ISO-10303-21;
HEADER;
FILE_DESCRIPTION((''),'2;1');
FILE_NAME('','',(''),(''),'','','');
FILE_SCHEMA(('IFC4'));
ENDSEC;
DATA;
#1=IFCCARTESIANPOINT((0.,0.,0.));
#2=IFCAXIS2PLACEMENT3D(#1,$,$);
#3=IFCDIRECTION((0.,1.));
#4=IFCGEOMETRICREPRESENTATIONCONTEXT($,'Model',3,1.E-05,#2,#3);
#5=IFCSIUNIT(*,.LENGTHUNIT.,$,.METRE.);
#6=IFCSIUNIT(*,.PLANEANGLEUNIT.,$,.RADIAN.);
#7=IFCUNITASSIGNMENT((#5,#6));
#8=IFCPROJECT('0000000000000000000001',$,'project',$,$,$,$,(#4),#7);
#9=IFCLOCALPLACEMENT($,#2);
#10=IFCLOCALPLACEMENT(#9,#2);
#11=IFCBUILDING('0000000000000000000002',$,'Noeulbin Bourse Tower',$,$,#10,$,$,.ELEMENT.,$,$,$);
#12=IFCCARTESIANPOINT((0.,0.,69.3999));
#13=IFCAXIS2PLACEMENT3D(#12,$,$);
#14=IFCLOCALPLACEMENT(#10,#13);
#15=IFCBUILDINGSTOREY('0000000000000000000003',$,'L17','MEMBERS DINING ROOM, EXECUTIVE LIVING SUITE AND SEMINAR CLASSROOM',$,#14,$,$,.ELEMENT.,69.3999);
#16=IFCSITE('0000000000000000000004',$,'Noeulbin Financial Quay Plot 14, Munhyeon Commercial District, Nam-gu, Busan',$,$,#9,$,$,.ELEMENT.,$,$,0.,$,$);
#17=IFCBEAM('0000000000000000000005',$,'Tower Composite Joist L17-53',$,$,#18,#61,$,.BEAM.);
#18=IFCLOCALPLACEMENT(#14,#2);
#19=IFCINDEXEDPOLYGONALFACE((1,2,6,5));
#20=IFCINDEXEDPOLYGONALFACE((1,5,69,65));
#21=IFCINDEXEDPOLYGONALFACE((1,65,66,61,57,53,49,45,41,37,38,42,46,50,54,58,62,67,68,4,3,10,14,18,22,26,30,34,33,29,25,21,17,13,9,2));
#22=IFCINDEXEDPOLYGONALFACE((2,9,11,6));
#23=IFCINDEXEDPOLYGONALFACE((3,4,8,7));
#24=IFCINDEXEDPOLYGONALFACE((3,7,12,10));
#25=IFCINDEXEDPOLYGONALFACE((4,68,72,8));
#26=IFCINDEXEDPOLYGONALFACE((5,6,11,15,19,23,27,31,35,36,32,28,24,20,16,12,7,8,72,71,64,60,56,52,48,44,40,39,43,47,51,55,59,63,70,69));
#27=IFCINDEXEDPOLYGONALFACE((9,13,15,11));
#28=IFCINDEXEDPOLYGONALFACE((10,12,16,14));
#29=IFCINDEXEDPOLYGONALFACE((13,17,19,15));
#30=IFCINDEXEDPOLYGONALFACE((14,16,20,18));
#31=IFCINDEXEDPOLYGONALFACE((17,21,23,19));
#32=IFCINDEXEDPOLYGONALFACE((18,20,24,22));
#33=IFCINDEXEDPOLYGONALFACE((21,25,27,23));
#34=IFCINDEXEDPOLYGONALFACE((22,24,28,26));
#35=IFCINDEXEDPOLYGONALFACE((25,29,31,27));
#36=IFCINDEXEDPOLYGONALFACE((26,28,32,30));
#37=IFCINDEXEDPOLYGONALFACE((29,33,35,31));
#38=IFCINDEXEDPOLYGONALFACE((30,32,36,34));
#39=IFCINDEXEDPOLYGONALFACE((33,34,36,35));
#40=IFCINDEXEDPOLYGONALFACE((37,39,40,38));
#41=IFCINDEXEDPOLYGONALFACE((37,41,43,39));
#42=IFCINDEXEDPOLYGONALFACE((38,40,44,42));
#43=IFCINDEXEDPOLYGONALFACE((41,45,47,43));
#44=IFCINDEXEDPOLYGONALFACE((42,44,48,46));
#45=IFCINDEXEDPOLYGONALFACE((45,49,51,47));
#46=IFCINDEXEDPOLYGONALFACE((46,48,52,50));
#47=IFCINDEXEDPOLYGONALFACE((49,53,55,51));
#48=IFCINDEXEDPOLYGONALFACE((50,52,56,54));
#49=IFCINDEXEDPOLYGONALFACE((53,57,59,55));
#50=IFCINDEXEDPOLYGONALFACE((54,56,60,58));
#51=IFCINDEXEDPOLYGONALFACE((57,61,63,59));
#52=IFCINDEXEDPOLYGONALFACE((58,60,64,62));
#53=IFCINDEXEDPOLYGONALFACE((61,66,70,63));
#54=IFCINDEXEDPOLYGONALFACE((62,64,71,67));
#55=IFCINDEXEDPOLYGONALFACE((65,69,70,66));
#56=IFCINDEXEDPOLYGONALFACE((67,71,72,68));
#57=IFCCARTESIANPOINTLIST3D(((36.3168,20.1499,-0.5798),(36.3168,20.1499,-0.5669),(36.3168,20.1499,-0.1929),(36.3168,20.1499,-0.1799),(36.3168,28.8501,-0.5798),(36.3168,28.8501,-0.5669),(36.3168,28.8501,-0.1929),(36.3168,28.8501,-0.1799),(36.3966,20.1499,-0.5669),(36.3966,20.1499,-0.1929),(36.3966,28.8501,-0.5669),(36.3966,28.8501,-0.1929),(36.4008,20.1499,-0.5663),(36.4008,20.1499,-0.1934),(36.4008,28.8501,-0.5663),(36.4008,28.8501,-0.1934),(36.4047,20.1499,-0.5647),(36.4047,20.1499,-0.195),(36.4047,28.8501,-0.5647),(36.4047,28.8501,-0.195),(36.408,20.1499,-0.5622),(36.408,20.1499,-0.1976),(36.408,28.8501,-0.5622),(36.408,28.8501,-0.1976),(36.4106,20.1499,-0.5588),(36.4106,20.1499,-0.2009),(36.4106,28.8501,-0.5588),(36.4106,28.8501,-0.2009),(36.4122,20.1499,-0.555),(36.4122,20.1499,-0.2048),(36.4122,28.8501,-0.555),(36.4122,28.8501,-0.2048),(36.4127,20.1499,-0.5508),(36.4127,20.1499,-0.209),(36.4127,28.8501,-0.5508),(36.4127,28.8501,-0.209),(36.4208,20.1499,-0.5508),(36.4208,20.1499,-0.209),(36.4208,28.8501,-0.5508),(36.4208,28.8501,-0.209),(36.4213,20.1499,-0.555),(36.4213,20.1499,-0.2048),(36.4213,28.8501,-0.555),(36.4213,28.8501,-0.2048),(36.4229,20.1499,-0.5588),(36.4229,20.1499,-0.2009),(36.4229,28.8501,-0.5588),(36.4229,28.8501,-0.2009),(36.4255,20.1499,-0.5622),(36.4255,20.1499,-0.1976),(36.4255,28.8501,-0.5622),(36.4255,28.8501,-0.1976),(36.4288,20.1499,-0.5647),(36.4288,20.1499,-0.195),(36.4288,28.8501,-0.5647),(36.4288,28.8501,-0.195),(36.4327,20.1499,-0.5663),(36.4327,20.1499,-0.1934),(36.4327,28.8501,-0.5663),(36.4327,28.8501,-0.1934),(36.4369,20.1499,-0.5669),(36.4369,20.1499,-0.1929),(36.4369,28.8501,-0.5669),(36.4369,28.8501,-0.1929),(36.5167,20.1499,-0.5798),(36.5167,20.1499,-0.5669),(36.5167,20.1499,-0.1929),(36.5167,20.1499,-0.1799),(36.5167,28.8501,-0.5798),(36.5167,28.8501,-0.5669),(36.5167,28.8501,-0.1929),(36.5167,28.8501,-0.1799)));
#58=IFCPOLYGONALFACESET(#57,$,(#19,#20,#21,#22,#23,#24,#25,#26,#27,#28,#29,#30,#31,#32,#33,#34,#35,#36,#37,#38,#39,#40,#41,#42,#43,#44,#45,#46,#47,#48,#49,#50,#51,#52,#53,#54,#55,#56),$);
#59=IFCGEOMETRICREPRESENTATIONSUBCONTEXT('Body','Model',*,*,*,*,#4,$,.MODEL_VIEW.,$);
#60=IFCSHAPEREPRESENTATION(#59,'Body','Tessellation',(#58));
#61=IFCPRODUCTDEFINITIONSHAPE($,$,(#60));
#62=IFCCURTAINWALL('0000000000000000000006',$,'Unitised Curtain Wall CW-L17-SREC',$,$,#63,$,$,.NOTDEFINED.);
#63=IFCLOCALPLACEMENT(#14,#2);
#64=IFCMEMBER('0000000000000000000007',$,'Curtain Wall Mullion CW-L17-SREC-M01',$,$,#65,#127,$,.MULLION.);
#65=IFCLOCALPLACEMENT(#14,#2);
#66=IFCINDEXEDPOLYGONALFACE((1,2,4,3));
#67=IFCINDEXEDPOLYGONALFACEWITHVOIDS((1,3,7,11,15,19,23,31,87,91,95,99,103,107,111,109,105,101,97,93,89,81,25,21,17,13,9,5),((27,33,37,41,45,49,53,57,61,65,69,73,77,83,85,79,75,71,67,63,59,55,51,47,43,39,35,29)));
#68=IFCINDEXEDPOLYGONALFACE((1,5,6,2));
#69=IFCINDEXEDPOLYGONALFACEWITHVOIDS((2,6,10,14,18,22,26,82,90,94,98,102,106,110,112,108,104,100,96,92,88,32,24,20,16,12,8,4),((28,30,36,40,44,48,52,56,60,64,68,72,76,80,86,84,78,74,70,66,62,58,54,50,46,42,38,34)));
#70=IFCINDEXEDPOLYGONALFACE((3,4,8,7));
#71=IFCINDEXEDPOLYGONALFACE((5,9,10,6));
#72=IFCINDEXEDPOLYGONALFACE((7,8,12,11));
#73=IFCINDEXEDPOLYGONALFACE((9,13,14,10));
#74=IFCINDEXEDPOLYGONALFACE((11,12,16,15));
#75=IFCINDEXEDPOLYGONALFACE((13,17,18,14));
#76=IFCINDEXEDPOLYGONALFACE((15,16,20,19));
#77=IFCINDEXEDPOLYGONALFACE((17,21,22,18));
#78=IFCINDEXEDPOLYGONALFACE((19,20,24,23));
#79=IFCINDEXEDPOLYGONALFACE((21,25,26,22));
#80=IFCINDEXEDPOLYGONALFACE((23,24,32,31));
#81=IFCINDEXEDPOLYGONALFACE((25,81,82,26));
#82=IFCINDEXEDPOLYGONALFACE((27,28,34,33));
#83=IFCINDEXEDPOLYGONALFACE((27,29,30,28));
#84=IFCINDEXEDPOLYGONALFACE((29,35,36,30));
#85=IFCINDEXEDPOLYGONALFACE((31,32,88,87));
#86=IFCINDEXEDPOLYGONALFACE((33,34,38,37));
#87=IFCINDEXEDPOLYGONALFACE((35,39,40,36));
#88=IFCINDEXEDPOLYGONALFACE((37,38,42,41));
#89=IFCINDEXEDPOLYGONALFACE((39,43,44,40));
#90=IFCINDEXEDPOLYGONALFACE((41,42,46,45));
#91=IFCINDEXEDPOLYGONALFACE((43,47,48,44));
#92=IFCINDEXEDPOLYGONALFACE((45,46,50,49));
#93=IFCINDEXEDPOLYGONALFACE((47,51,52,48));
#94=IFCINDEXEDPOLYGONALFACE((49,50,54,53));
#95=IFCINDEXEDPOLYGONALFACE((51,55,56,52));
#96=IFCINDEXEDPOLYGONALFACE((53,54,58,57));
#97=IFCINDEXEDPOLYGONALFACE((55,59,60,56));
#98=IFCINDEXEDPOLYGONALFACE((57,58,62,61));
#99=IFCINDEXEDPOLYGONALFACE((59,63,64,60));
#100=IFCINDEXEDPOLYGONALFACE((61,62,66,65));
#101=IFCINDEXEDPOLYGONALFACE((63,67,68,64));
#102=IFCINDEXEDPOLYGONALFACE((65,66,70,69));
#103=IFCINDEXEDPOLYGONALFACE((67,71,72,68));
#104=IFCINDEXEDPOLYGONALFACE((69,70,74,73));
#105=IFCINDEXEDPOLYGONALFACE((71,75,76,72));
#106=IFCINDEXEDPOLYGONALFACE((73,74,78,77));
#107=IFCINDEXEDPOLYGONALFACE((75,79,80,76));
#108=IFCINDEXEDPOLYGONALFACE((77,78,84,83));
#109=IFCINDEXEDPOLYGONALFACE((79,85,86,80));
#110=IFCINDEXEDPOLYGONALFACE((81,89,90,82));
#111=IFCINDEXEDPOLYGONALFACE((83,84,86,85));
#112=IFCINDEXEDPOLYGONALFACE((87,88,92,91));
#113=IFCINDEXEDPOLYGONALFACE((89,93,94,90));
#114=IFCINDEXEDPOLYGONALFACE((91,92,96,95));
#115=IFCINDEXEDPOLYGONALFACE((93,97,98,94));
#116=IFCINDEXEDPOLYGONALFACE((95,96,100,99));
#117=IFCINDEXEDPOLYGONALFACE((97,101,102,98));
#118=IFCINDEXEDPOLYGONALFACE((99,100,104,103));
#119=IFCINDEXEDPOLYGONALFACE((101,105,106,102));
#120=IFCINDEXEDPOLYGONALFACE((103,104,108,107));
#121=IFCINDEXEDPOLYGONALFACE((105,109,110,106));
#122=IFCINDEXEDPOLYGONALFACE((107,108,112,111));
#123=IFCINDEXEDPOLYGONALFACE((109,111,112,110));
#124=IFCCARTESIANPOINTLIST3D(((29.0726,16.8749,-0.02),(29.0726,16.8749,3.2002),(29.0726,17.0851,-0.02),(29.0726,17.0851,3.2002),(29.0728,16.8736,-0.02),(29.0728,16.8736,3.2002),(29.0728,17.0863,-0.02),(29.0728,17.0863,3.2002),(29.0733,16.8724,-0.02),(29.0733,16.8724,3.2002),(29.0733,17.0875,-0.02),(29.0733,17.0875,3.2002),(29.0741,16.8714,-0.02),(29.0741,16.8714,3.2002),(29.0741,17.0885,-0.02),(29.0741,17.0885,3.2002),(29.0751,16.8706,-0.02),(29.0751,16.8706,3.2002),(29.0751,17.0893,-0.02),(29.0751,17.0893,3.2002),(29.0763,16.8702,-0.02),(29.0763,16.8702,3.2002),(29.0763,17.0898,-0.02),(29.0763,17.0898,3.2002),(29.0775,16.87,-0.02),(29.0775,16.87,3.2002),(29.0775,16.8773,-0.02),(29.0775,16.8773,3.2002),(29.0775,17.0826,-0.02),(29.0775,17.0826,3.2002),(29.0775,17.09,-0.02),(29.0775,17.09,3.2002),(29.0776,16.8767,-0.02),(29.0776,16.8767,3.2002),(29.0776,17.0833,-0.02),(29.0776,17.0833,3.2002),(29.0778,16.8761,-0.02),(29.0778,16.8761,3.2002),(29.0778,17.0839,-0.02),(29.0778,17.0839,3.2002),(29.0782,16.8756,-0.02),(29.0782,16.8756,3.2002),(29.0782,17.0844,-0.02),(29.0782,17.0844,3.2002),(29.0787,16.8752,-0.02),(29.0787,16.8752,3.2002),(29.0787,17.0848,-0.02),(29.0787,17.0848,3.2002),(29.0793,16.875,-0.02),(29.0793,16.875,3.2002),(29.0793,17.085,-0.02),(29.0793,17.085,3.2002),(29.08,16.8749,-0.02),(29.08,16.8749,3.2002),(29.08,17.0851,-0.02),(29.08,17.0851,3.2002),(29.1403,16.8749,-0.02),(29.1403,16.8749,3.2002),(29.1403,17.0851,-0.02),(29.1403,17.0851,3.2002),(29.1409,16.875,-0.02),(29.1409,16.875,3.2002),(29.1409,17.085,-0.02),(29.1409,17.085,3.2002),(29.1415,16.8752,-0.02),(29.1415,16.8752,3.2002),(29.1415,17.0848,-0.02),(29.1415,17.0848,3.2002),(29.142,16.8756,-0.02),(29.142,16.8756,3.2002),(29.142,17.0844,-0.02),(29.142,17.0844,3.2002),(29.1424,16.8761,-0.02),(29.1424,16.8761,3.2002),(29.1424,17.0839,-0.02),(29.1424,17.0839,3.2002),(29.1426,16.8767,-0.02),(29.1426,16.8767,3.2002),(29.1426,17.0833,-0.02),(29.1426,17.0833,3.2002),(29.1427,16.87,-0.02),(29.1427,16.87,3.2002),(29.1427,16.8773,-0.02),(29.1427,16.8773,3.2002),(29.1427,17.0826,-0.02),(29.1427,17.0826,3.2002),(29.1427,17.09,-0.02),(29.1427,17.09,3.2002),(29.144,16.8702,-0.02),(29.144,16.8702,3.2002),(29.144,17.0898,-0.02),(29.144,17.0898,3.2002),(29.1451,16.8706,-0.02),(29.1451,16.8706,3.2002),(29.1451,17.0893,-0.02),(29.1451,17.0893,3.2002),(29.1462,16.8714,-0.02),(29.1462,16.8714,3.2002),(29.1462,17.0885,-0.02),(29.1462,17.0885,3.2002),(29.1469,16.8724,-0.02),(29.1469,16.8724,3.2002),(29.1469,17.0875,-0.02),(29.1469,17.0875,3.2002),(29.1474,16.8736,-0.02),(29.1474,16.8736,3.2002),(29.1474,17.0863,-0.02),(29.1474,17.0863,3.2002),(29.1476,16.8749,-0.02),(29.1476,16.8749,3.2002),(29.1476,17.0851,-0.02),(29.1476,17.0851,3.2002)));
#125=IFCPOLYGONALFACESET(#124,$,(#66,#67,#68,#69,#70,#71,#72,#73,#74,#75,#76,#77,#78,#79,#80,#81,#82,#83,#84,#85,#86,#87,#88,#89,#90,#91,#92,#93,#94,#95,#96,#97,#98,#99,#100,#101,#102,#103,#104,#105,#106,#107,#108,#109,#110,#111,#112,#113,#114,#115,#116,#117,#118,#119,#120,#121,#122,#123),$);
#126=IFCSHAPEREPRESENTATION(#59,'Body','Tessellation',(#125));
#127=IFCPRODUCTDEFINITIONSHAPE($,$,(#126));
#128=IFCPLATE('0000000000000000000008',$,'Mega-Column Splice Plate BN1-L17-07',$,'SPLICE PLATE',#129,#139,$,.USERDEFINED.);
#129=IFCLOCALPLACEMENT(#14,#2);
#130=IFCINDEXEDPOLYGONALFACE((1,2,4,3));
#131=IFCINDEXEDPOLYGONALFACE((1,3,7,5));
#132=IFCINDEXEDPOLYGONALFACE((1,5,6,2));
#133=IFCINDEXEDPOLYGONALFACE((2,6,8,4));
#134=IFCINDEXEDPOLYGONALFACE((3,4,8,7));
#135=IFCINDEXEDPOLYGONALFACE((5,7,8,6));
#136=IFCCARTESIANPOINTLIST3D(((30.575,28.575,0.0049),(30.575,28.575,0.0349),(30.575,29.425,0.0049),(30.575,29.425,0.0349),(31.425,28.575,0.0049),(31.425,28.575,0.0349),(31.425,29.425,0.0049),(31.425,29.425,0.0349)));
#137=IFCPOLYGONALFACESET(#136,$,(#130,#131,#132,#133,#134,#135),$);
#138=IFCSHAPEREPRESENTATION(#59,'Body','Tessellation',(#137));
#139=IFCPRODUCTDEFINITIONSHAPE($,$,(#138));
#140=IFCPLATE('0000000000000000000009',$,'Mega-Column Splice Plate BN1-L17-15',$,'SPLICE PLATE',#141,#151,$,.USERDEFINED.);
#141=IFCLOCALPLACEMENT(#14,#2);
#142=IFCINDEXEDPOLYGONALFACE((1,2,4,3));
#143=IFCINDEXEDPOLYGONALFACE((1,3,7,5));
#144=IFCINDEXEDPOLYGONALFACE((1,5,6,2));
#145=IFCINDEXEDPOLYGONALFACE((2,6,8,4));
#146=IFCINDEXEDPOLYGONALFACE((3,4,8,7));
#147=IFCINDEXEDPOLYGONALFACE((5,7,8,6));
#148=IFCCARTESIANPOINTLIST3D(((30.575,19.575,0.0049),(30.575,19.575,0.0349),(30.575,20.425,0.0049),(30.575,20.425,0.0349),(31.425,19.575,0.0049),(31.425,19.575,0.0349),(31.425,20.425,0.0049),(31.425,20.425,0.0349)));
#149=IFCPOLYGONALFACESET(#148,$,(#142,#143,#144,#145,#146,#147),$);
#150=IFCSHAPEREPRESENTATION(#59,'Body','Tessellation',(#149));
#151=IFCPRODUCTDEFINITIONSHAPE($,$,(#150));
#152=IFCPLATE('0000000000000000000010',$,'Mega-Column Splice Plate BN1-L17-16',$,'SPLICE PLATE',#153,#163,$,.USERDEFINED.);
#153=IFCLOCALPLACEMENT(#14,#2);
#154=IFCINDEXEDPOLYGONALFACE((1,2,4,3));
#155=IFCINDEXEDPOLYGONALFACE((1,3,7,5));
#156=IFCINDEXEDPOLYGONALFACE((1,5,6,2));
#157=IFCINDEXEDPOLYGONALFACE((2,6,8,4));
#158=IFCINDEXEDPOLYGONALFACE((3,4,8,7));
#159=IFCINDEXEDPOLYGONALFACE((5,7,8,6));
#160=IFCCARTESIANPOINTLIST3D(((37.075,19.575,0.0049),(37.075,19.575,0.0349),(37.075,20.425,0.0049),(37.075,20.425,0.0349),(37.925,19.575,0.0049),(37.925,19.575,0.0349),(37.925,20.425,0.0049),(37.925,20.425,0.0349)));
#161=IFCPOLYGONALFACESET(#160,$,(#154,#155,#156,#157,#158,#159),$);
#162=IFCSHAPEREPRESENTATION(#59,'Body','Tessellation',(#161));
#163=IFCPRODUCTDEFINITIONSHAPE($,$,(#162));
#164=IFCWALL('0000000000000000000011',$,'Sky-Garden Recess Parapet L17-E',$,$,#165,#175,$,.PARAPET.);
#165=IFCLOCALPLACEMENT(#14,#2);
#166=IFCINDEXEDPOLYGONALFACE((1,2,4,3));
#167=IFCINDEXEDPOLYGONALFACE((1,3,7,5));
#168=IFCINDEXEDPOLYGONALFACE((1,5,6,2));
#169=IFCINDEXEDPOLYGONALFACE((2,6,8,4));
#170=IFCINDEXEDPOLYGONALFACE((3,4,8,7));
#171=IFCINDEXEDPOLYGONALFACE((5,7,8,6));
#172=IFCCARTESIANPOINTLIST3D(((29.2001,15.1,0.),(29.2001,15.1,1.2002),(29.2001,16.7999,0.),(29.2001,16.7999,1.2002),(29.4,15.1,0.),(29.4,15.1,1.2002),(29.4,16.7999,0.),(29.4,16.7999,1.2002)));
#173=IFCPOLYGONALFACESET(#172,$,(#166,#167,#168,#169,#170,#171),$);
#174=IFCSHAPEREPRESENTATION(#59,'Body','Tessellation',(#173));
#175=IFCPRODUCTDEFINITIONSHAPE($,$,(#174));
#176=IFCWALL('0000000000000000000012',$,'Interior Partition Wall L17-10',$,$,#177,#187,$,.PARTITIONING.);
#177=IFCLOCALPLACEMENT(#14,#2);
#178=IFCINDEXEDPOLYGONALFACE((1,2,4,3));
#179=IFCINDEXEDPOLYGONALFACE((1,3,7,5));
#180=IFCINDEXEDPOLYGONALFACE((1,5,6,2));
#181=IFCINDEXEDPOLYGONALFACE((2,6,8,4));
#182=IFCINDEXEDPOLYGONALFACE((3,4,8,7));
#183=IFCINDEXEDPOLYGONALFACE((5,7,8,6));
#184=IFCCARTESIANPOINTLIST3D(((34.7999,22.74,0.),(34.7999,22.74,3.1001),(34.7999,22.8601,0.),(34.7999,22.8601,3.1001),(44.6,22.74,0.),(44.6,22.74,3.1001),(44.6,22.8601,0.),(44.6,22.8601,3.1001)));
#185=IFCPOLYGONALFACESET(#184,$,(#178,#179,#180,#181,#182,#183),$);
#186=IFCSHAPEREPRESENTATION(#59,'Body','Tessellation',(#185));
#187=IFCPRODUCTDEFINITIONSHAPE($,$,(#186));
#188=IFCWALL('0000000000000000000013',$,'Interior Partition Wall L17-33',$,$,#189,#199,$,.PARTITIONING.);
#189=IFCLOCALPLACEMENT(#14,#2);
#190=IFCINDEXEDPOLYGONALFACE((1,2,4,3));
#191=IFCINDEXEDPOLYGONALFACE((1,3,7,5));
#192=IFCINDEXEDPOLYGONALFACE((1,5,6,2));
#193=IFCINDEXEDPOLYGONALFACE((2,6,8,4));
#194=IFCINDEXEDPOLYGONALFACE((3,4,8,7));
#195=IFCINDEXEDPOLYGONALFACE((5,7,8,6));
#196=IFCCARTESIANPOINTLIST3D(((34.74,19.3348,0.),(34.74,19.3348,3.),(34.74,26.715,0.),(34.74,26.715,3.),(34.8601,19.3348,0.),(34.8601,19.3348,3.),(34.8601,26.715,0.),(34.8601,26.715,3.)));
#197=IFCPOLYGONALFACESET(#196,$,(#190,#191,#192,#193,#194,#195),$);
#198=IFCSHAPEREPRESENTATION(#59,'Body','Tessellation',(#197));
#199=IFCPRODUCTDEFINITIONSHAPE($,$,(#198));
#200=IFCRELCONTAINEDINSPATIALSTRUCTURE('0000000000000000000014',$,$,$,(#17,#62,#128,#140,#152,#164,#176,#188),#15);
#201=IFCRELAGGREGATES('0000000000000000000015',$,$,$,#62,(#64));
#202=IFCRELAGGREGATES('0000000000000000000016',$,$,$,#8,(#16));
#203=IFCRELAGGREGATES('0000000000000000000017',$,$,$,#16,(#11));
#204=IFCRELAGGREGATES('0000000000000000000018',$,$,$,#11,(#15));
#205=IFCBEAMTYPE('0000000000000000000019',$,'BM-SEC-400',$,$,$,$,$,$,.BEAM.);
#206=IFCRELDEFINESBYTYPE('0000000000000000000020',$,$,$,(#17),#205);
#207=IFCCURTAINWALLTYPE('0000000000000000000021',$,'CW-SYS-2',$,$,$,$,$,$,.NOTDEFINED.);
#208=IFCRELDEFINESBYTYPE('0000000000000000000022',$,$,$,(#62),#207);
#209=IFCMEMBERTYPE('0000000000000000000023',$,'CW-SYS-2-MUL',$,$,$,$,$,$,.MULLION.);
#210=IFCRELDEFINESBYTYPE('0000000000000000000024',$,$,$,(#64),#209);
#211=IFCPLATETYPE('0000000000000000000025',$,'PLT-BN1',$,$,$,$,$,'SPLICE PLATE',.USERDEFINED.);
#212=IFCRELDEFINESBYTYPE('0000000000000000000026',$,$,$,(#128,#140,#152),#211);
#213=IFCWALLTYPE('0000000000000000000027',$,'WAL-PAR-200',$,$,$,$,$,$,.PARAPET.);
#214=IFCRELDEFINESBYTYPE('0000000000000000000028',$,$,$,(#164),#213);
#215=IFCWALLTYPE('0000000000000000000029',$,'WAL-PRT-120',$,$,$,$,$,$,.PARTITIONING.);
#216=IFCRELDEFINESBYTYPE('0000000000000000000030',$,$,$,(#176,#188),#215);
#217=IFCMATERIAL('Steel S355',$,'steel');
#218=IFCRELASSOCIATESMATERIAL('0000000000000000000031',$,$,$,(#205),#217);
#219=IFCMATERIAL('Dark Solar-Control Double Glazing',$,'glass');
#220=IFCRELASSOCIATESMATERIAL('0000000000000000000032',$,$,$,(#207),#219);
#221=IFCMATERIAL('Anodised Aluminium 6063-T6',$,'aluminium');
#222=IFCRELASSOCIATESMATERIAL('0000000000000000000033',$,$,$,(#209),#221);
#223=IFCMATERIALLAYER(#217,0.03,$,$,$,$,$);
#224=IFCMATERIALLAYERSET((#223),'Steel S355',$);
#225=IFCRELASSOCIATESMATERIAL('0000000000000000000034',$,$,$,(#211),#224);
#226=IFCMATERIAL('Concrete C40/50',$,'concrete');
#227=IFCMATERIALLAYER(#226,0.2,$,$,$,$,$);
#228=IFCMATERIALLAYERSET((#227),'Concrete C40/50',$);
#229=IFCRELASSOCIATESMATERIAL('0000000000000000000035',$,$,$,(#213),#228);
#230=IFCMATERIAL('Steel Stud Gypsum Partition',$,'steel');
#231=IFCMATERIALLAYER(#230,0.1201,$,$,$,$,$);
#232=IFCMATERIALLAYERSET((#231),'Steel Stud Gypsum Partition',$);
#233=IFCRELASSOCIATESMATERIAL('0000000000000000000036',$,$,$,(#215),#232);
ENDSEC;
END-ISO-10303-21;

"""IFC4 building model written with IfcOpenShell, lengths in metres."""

from ifc_helpers import new_model, si_unit, direction, frame, frame_2d, origin, origin_2d, place, context, subcontext, project, spatial, rectangle, hollow_rectangle, i_section, extrude, material, layer, layer_set, material_profile, profile_set, type_object, element, aggregate, save


model = new_model("IFC4")

# Units and contexts
model_context = context("Model", 3, precision=1e-05, world=origin(), true_north=direction((0.0, 1.0)))
body_context = subcontext(model_context, "Body", "Model", "MODEL_VIEW")
ifc_project = project(units=[si_unit("LENGTHUNIT", "METRE"), si_unit("PLANEANGLEUNIT", "RADIAN")], contexts=[model_context])

# Site, building, storey
site_placement = place(None, origin())
site = spatial("IfcSite", under=ifc_project, at=site_placement, Name="Noeulbin Financial Quay Plot 14, Munhyeon Commercial District, Nam-gu, Busan", CompositionType="ELEMENT", RefElevation=0.0)
building_placement = place(site_placement, origin())
building = spatial("IfcBuilding", under=site, at=building_placement, Name="Noeulbin Bourse Tower", CompositionType="ELEMENT")
storey_placement = place(building_placement, frame((0.0, 0.0, 69.3999)))
storey = spatial("IfcBuildingStorey", under=building, at=storey_placement, Name="L17", Description="MEMBERS DINING ROOM, EXECUTIVE LIVING SUITE AND SEMINAR CLASSROOM", CompositionType="ELEMENT", Elevation=69.3999)

# Beam
ifc_material_1 = material(Name="Steel S355", Category="steel")
ifc_material_profile_1 = material_profile(ifc_material_1, i_section(OverallWidth=0.2, OverallDepth=0.3999, WebThickness=0.0081, FlangeThickness=0.0129, FilletRadius=0.0161, at=origin_2d()), Name="H-400x200x8x13", Category="LoadBearing")
ifc_profile_set_1 = profile_set([ifc_material_profile_1], Name="Steel S355")
beam_type_1 = type_object("IfcBeamType", Name="BM-SEC-400", PredefinedType="BEAM", material=ifc_profile_set_1)
beam_1_placement = place(storey_placement, frame((36.4167, 20.1499, -0.3799), z_axis=(0.0, 1.0, 0.0), x_axis=(-1.0, 0.0, 0.0)))
element("IfcBeam", 1, at=beam_1_placement, inside=storey, type_object=beam_type_1, Name="Tower Composite Joist L17-53", PredefinedType="BEAM", context=body_context, shape_type="SweptSolid", body=[
    extrude(i_section(OverallWidth=0.2, OverallDepth=0.3999, WebThickness=0.0081, FlangeThickness=0.0129, FilletRadius=0.0161, at=origin_2d()), origin(), (0.0, 0.0, 1.0), 8.7002),
])

# Curtain wall, member
ifc_material_2 = material(Name="Dark Solar-Control Double Glazing", Category="glass")
curtain_wall_type = type_object("IfcCurtainWallType", Name="CW-SYS-2", PredefinedType="NOTDEFINED", material=ifc_material_2)
curtain_wall_placement = place(storey_placement, origin())
curtain_wall = element("IfcCurtainWall", 2, at=curtain_wall_placement, inside=storey, type_object=curtain_wall_type, Name="Unitised Curtain Wall CW-L17-SREC", PredefinedType="NOTDEFINED")
ifc_material_3 = material(Name="Anodised Aluminium 6063-T6", Category="aluminium")
ifc_material_profile_2 = material_profile(ifc_material_3, hollow_rectangle(XDim=0.075, YDim=0.22, WallThickness=0.0049, InnerFilletRadius=0.0024, OuterFilletRadius=0.0049, at=origin_2d()), Name="ALU-MULL-75x220x5", Category="LoadBearing")
ifc_profile_set_2 = profile_set([ifc_material_profile_2], Name="Anodised Aluminium 6063-T6")
member_type = type_object("IfcMemberType", Name="CW-SYS-2-MUL", PredefinedType="MULLION", material=ifc_profile_set_2)
member_placement = place(storey_placement, frame((29.1101, 16.98, -0.02), z_axis=(0.0, 0.0, 1.0), x_axis=(1.0, 0.0, 0.0)))
member = element("IfcMember", 3, at=member_placement, type_object=member_type, Name="Curtain Wall Mullion CW-L17-SREC-M01", PredefinedType="MULLION", context=body_context, shape_type="SweptSolid", body=[
    extrude(hollow_rectangle(XDim=0.075, YDim=0.22, WallThickness=0.0049, InnerFilletRadius=0.0024, OuterFilletRadius=0.0049, at=origin_2d()), origin(), (0.0, 0.0, 1.0), 3.2202),
])
aggregate(curtain_wall, [member])

# Plates
ifc_layer_1 = layer(ifc_material_1, 0.03)
ifc_layer_set_1 = layer_set([ifc_layer_1], Name="Steel S355")
plate_type = type_object("IfcPlateType", Name="PLT-BN1", ElementType="SPLICE PLATE", PredefinedType="USERDEFINED", material=ifc_layer_set_1)
for number, where, z_axis, x_axis, name in (
    (4, (31.0, 29.0, 0.0049), (0.0, 0.0, 1.0), (1.0, 0.0, 0.0), "Mega-Column Splice Plate BN1-L17-07"),
    (5, (31.0, 20.0, 0.0049), (0.0, 0.0, 1.0), (1.0, 0.0, 0.0), "Mega-Column Splice Plate BN1-L17-15"),
    (6, (37.5, 20.0, 0.0049), (0.0, 0.0, 1.0), (1.0, 0.0, 0.0), "Mega-Column Splice Plate BN1-L17-16"),
):
    element("IfcPlate", number, at=place(storey_placement, frame(where, z_axis=z_axis, x_axis=x_axis)), inside=storey, type_object=plate_type, Name=name, ObjectType="SPLICE PLATE", PredefinedType="USERDEFINED", context=body_context, shape_type="SweptSolid", body=[
        extrude(rectangle(XDim=0.8501, YDim=0.8501, at=origin_2d()), origin(), (0.0, 0.0, 1.0), 0.03),
    ])

# Walls
ifc_material_4 = material(Name="Concrete C40/50", Category="concrete")
ifc_layer_2 = layer(ifc_material_4, 0.2)
ifc_layer_set_2 = layer_set([ifc_layer_2], Name="Concrete C40/50")
wall_type_1 = type_object("IfcWallType", Name="WAL-PAR-200", PredefinedType="PARAPET", material=ifc_layer_set_2)
wall_1_placement = place(storey_placement, frame((29.3, 16.8, 0.0), z_axis=(0.0, 0.0, 1.0), x_axis=(0.0, -1.0, 0.0)))
element("IfcWall", 7, at=wall_1_placement, inside=storey, type_object=wall_type_1, Name="Sky-Garden Recess Parapet L17-E", PredefinedType="PARAPET", context=body_context, shape_type="SweptSolid", body=[
    extrude(rectangle(XDim=1.7, YDim=0.2, at=frame_2d((0.8501, 0.0))), origin(), (0.0, 0.0, 1.0), 1.2002),
])
ifc_material_5 = material(Name="Steel Stud Gypsum Partition", Category="steel")
ifc_layer_3 = layer(ifc_material_5, 0.1201)
ifc_layer_set_3 = layer_set([ifc_layer_3], Name="Steel Stud Gypsum Partition")
wall_type_2 = type_object("IfcWallType", Name="WAL-PRT-120", PredefinedType="PARTITIONING", material=ifc_layer_set_3)
wall_2_placement = place(storey_placement, frame((34.8, 22.8, 0.0), z_axis=(0.0, 0.0, 1.0), x_axis=(1.0, 0.0, 0.0)))
element("IfcWall", 8, at=wall_2_placement, inside=storey, type_object=wall_type_2, Name="Interior Partition Wall L17-10", PredefinedType="PARTITIONING", context=body_context, shape_type="SweptSolid", body=[
    extrude(rectangle(XDim=9.8, YDim=0.1201, at=frame_2d((4.8999, 0.0))), origin(), (0.0, 0.0, 1.0), 3.1001),
])
wall_3_placement = place(storey_placement, frame((34.8, 19.335, 0.0), z_axis=(0.0, 0.0, 1.0), x_axis=(0.0, 1.0, 0.0)))
element("IfcWall", 9, at=wall_3_placement, inside=storey, type_object=wall_type_2, Name="Interior Partition Wall L17-33", PredefinedType="PARTITIONING", context=body_context, shape_type="SweptSolid", body=[
    extrude(rectangle(XDim=7.3801, YDim=0.1201, at=frame_2d((3.6899, 0.0))), origin(), (0.0, 0.0, 1.0), 3.0),
])

save(model, "model.ifc")
